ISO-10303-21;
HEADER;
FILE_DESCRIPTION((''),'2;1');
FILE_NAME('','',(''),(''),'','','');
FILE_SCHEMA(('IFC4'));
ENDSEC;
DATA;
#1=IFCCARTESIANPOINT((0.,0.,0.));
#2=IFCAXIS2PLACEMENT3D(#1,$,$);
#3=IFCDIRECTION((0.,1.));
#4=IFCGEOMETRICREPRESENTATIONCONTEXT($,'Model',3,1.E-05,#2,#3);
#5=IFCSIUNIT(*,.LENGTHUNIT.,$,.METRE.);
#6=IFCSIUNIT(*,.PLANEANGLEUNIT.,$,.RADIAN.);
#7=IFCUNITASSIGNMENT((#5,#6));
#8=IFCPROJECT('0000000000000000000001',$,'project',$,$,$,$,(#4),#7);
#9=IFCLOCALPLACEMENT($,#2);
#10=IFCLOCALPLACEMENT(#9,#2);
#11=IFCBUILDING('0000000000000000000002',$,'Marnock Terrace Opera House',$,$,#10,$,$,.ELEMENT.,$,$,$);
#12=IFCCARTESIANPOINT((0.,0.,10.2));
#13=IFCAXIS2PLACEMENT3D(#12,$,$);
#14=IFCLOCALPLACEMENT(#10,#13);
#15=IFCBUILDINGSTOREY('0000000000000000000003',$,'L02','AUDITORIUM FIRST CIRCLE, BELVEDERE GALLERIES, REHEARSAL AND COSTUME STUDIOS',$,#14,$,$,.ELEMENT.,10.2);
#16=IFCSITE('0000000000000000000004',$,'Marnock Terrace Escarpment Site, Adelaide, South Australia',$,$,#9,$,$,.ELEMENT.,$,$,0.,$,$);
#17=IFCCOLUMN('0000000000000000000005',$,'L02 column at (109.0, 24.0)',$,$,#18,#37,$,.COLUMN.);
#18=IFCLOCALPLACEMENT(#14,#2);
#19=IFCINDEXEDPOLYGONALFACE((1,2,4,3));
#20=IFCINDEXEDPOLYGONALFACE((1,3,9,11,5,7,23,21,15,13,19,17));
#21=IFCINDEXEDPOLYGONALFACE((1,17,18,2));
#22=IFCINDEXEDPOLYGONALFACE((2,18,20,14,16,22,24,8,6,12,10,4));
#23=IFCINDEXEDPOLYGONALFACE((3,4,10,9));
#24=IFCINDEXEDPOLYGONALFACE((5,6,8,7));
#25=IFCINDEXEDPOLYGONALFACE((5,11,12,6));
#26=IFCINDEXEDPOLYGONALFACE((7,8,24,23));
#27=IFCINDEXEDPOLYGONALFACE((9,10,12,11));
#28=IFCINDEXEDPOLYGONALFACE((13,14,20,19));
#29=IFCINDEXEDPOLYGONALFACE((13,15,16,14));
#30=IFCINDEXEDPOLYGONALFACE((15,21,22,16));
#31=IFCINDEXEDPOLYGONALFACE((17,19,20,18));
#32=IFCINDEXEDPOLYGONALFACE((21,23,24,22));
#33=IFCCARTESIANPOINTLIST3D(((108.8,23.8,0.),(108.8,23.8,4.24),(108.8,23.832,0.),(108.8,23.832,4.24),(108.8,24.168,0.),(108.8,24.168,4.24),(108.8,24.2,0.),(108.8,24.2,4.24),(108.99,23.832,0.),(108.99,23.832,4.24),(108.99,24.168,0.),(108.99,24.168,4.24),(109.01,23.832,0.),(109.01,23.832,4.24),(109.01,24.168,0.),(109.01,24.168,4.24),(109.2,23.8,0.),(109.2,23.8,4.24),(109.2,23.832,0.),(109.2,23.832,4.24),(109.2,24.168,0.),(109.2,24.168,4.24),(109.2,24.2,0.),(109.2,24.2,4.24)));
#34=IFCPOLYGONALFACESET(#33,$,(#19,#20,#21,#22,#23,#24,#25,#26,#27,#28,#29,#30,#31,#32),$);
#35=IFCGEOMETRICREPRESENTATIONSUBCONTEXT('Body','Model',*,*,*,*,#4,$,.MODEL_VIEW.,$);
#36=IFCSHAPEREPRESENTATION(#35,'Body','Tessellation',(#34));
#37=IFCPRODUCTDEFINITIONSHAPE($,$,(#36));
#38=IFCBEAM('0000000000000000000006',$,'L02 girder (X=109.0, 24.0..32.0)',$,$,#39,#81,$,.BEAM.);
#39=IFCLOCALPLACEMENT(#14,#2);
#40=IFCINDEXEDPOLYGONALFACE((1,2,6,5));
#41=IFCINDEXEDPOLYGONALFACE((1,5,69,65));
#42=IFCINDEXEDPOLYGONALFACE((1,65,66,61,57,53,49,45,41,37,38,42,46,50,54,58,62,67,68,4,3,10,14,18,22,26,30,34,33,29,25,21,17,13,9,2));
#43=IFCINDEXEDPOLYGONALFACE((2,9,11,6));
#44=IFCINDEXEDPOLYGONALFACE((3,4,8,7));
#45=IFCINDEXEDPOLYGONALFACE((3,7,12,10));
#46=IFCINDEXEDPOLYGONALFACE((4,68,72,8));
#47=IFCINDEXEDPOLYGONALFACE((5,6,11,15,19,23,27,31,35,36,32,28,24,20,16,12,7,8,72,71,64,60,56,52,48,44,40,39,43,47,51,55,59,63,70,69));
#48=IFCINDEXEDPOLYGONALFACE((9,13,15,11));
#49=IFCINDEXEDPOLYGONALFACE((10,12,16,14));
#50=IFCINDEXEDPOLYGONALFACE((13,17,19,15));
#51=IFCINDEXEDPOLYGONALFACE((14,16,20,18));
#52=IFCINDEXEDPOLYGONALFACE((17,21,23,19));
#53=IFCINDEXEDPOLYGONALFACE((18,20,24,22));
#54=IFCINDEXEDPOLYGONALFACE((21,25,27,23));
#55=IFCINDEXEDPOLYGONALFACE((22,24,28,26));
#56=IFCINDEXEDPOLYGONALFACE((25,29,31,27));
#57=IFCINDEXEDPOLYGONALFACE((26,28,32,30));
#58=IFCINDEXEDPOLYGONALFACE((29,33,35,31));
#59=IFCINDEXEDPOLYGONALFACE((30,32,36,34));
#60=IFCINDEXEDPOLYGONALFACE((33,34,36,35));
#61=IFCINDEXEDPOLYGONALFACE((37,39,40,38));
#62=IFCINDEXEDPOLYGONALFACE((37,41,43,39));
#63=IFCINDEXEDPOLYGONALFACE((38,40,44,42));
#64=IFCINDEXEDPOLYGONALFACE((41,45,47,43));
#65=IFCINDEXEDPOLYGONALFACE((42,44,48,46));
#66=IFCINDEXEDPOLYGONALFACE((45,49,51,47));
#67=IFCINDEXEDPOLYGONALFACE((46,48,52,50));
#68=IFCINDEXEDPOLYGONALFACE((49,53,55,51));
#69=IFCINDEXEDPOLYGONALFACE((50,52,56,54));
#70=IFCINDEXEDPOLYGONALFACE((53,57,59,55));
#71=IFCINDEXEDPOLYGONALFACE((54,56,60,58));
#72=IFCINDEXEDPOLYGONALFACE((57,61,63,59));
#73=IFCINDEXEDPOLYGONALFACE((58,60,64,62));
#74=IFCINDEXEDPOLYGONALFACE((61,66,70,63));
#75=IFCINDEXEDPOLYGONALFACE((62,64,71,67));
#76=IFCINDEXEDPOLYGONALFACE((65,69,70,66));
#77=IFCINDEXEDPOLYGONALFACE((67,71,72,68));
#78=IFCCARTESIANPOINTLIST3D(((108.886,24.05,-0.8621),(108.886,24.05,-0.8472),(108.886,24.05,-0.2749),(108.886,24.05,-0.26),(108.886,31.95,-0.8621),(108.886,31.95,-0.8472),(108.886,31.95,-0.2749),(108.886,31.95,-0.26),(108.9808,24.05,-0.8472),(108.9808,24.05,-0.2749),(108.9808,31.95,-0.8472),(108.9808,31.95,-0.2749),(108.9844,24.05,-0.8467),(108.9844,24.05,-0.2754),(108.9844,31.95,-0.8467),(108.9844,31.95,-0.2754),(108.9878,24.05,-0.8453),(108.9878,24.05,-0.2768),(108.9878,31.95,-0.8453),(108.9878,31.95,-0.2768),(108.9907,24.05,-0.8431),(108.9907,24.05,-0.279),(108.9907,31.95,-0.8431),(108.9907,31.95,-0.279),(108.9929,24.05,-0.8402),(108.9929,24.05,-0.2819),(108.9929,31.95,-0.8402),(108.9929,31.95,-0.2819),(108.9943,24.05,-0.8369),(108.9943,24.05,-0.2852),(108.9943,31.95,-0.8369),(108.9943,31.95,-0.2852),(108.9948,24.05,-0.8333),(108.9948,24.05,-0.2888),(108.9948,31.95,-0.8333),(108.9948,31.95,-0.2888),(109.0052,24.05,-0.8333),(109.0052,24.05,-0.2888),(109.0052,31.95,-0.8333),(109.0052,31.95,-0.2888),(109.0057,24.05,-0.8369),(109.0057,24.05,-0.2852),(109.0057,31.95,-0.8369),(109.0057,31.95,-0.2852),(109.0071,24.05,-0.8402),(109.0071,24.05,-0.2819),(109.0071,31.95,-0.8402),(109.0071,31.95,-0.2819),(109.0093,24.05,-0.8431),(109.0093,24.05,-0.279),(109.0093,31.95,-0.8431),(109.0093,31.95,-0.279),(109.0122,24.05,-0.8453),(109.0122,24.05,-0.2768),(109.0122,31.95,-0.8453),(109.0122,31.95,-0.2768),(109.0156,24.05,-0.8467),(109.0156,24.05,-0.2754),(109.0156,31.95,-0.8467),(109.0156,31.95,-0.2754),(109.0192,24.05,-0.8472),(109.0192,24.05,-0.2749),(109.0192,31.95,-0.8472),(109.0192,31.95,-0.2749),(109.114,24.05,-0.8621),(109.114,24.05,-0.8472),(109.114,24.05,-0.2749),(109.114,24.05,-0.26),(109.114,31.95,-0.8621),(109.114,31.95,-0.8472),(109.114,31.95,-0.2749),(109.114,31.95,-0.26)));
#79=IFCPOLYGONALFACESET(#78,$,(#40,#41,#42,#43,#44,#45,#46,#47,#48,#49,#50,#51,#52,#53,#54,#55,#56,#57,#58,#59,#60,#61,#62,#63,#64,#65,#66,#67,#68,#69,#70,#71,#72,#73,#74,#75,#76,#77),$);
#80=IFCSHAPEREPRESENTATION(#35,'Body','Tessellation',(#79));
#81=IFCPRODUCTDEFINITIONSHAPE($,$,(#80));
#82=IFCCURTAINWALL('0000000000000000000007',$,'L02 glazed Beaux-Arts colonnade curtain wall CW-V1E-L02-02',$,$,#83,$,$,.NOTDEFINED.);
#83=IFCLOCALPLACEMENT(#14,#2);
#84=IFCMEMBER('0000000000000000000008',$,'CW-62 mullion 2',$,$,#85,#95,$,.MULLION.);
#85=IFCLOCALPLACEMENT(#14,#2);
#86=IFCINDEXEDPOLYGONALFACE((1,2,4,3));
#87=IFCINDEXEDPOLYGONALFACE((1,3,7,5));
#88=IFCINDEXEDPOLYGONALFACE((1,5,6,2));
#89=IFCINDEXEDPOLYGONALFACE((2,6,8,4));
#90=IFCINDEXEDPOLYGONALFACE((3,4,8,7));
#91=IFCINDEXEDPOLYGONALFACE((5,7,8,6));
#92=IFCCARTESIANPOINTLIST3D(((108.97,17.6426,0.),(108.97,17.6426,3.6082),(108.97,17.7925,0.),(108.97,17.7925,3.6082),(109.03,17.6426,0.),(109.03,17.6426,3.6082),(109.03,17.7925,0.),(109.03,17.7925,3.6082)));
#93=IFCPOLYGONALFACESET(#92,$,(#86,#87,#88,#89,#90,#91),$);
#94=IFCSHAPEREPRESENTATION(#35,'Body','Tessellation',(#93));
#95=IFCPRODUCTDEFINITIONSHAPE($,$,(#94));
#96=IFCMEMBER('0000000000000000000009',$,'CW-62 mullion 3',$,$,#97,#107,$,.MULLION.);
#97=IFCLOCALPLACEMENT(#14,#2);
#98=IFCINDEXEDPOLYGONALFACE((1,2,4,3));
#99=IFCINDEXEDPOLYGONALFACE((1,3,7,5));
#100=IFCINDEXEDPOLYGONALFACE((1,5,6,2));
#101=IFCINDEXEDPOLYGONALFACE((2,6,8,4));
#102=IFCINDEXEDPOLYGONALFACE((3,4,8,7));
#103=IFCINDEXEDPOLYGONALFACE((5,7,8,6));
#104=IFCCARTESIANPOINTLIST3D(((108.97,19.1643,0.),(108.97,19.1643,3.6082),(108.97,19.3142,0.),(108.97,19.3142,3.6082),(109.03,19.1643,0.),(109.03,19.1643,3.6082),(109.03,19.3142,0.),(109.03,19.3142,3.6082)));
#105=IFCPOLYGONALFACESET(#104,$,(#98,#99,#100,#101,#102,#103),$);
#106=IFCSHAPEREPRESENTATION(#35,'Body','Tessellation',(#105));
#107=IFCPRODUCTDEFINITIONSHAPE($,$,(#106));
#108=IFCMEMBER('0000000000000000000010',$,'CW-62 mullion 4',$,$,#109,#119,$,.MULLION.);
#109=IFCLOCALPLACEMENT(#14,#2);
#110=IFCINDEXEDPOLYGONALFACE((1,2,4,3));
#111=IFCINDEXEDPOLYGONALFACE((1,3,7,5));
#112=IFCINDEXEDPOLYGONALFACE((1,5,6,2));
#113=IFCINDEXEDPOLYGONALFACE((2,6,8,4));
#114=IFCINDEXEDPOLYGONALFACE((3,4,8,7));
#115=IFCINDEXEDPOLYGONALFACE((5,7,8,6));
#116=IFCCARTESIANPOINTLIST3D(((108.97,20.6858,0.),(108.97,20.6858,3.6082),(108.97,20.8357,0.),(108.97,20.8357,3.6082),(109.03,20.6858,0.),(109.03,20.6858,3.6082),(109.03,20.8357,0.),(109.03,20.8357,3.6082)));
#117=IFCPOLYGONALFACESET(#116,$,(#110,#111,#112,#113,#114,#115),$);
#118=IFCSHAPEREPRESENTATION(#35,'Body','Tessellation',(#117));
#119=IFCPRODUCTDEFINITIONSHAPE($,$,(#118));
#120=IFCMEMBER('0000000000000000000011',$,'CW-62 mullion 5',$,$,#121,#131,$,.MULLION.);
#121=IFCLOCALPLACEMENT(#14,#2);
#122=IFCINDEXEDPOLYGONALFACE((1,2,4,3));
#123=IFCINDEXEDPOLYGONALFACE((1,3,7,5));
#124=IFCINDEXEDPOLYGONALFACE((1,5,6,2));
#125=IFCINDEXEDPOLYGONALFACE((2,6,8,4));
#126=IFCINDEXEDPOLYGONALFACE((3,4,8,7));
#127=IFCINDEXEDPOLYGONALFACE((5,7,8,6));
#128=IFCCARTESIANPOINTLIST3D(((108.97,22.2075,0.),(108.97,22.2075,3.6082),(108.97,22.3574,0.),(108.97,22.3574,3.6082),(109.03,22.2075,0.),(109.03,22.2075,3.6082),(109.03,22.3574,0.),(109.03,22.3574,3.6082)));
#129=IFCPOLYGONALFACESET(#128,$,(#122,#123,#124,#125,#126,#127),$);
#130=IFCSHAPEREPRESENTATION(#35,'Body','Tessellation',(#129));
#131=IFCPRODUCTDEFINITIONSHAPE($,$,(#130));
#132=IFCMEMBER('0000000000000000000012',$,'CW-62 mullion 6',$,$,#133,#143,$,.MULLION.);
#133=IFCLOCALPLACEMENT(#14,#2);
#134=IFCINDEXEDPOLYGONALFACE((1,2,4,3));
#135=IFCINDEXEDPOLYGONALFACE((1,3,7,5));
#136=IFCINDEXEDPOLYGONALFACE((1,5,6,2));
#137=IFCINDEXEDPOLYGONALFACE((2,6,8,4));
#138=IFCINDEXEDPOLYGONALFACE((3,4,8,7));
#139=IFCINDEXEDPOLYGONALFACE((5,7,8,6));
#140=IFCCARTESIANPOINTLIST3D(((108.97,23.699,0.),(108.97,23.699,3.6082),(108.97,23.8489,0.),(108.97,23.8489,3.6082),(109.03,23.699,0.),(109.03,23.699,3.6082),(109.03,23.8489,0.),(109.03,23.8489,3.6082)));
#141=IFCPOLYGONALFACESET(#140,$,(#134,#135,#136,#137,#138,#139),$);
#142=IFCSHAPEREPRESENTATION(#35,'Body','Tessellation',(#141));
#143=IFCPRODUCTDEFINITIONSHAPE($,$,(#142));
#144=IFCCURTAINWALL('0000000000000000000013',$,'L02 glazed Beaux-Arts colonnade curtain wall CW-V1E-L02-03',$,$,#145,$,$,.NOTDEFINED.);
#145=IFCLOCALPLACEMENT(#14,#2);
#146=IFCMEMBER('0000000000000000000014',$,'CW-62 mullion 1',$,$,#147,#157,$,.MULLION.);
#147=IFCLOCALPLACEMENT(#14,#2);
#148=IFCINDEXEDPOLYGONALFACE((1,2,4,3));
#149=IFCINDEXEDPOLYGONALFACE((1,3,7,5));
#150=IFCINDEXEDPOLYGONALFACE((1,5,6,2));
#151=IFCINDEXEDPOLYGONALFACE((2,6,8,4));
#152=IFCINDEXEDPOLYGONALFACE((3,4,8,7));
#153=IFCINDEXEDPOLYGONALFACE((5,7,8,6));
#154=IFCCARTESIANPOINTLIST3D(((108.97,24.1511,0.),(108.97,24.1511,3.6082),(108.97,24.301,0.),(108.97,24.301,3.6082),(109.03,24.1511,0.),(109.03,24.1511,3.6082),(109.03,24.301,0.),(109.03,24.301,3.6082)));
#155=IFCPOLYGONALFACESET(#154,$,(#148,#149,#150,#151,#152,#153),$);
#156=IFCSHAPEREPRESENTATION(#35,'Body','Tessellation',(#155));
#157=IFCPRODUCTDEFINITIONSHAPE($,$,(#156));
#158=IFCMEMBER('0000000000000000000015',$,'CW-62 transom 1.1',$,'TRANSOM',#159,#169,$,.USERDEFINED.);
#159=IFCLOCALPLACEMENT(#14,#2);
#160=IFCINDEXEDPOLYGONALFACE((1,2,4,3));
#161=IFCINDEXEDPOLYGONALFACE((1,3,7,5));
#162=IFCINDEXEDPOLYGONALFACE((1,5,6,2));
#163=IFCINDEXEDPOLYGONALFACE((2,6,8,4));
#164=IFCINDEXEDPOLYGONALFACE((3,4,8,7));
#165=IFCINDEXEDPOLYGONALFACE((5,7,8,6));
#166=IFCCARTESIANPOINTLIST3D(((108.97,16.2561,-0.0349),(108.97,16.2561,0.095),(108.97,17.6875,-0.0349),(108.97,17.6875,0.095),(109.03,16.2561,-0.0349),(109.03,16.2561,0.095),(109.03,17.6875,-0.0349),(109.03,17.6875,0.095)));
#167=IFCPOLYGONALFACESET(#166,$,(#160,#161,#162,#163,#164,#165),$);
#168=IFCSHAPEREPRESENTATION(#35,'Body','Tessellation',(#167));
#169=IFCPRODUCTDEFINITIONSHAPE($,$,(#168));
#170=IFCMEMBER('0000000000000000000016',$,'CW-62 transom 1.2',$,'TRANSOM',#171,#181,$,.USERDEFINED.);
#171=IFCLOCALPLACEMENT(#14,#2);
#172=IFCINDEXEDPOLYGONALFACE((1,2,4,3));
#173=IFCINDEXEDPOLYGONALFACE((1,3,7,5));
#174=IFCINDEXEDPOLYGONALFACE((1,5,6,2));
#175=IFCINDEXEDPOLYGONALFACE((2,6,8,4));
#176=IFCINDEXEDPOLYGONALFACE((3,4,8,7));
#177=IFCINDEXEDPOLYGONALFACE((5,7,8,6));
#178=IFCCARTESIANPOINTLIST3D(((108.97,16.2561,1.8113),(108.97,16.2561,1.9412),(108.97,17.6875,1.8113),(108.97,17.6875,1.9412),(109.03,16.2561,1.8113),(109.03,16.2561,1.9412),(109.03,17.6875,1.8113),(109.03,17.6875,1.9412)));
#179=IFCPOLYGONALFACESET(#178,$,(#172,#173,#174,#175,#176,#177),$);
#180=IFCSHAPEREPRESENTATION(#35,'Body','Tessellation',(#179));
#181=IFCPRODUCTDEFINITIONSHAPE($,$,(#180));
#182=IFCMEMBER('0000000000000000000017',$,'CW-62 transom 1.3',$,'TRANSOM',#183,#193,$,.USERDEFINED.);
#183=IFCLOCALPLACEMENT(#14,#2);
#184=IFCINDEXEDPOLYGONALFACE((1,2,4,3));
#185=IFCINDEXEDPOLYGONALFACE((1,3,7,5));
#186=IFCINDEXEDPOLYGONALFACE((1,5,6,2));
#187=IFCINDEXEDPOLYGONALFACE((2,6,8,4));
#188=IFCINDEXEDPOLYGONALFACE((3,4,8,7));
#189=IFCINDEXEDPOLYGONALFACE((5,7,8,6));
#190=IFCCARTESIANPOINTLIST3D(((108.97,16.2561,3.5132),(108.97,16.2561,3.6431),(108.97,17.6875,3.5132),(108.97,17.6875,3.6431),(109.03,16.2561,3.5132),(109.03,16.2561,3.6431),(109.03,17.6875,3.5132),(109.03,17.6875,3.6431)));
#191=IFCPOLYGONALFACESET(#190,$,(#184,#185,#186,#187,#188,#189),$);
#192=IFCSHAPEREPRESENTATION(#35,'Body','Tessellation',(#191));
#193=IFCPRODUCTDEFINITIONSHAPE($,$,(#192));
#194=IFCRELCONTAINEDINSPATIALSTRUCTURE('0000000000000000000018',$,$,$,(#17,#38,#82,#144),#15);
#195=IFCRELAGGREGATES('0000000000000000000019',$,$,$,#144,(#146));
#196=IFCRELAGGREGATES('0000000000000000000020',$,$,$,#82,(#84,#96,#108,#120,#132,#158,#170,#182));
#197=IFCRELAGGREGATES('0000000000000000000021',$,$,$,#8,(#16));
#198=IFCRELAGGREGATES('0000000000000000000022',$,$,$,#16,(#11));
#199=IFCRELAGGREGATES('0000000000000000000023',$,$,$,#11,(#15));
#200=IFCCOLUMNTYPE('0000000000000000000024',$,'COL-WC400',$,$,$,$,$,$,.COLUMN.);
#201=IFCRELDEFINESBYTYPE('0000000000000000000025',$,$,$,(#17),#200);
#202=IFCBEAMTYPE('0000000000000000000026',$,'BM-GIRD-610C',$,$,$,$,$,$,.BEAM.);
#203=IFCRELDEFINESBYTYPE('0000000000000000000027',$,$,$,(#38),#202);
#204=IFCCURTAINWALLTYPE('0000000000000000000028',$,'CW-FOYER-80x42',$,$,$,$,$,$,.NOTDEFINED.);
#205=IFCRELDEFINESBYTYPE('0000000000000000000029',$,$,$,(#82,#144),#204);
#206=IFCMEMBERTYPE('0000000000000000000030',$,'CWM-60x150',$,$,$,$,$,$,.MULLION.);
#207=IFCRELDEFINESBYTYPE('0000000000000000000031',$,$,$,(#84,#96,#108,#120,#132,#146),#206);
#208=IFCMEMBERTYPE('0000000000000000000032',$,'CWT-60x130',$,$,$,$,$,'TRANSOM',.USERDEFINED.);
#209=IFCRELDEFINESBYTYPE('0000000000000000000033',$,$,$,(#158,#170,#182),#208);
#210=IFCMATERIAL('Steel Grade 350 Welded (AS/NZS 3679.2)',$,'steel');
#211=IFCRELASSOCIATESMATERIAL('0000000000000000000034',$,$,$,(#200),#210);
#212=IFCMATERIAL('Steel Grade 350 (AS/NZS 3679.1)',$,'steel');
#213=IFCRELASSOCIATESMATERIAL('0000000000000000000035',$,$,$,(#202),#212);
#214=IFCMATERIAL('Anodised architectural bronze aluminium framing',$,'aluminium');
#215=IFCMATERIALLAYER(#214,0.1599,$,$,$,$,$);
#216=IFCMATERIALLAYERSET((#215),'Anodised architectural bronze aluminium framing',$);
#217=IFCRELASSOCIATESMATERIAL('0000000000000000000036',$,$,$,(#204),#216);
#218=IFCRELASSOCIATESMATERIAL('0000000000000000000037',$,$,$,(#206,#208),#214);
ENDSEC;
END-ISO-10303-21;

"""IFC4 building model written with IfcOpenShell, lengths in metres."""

from ifc_helpers import new_model, si_unit, direction, frame, origin, origin_2d, place, context, subcontext, project, spatial, rectangle, i_section, extrude, material, layer, layer_set, material_profile, profile_set, type_object, element, aggregate, save


model = new_model("IFC4")

# Units and contexts
model_context = context("Model", 3, precision=1e-05, world=origin(), true_north=direction((0.0, 1.0)))
body_context = subcontext(model_context, "Body", "Model", "MODEL_VIEW")
ifc_project = project(units=[si_unit("LENGTHUNIT", "METRE"), si_unit("PLANEANGLEUNIT", "RADIAN")], contexts=[model_context])

# Site, building, storey
site_placement = place(None, origin())
site = spatial("IfcSite", under=ifc_project, at=site_placement, Name="Marnock Terrace Escarpment Site, Adelaide, South Australia", CompositionType="ELEMENT", RefElevation=0.0)
building_placement = place(site_placement, origin())
building = spatial("IfcBuilding", under=site, at=building_placement, Name="Marnock Terrace Opera House", CompositionType="ELEMENT")
storey_placement = place(building_placement, frame((0.0, 0.0, 10.2)))
storey = spatial("IfcBuildingStorey", under=building, at=storey_placement, Name="L02", Description="AUDITORIUM FIRST CIRCLE, BELVEDERE GALLERIES, REHEARSAL AND COSTUME STUDIOS", CompositionType="ELEMENT", Elevation=10.2)

# Column
ifc_material_1 = material(Name="Steel Grade 350 Welded (AS/NZS 3679.2)", Category="steel")
ifc_material_profile_1 = material_profile(ifc_material_1, i_section(OverallWidth=0.3999, OverallDepth=0.3999, WebThickness=0.02, FlangeThickness=0.032, at=origin_2d()))
ifc_profile_set_1 = profile_set([ifc_material_profile_1], Name="Steel Grade 350 Welded (AS/NZS 3679.2)")
column_type = type_object("IfcColumnType", Name="COL-WC400", PredefinedType="COLUMN", material=ifc_profile_set_1)
column_placement = place(storey_placement, frame((109.0, 24.0, 0.0), z_axis=(0.0, 0.0, 1.0), x_axis=(1.0, 0.0, 0.0)))
element("IfcColumn", 1, at=column_placement, inside=storey, type_object=column_type, Name="L02 column at (109.0, 24.0)", PredefinedType="COLUMN", context=body_context, shape_type="SweptSolid", body=[
    extrude(i_section(OverallWidth=0.3999, OverallDepth=0.3999, WebThickness=0.02, FlangeThickness=0.032, at=origin_2d()), origin(), (0.0, 0.0, 1.0), 4.24),
])

# Beam
ifc_material_2 = material(Name="Steel Grade 350 (AS/NZS 3679.1)", Category="steel")
ifc_material_profile_2 = material_profile(ifc_material_2, i_section(OverallWidth=0.228, OverallDepth=0.6021, WebThickness=0.0105, FlangeThickness=0.0149, FilletRadius=0.0139, at=origin_2d()))
ifc_profile_set_2 = profile_set([ifc_material_profile_2], Name="Steel Grade 350 (AS/NZS 3679.1)")
beam_type = type_object("IfcBeamType", Name="BM-GIRD-610C", PredefinedType="BEAM", material=ifc_profile_set_2)
beam_placement = place(storey_placement, frame((109.0, 24.05, -0.561), z_axis=(0.0, 1.0, 0.0), x_axis=(-1.0, 0.0, 0.0)))
element("IfcBeam", 2, at=beam_placement, inside=storey, type_object=beam_type, Name="L02 girder (X=109.0, 24.0..32.0)", PredefinedType="BEAM", context=body_context, shape_type="SweptSolid", body=[
    extrude(i_section(OverallWidth=0.228, OverallDepth=0.6021, WebThickness=0.0105, FlangeThickness=0.0149, FilletRadius=0.0139, at=origin_2d()), origin(), (0.0, 0.0, 1.0), 7.8999),
])

# Curtain wall, members
ifc_material_3 = material(Name="Anodised architectural bronze aluminium framing", Category="aluminium")
ifc_layer_1 = layer(ifc_material_3, 0.1599)
ifc_layer_set_1 = layer_set([ifc_layer_1], Name="Anodised architectural bronze aluminium framing")
curtain_wall_type = type_object("IfcCurtainWallType", Name="CW-FOYER-80x42", PredefinedType="NOTDEFINED", material=ifc_layer_set_1)
curtain_wall_1_placement = place(storey_placement, origin())
curtain_wall_1 = element("IfcCurtainWall", 3, at=curtain_wall_1_placement, inside=storey, type_object=curtain_wall_type, Name="L02 glazed Beaux-Arts colonnade curtain wall CW-V1E-L02-02", PredefinedType="NOTDEFINED")
ifc_material_profile_3 = material_profile(ifc_material_3, rectangle(XDim=0.0601, YDim=0.1499, at=origin_2d()))
ifc_profile_set_3 = profile_set([ifc_material_profile_3], Name="Anodised architectural bronze aluminium framing")
member_type_1 = type_object("IfcMemberType", Name="CWM-60x150", PredefinedType="MULLION", material=ifc_profile_set_3)
member_1_placement = place(storey_placement, frame((109.0, 17.7175, 0.0), z_axis=(0.0, 0.0, 1.0), x_axis=(-1.0, 0.0, 0.0)))
member_1 = element("IfcMember", 4, at=member_1_placement, type_object=member_type_1, Name="CW-62 mullion 2", PredefinedType="MULLION", context=body_context, shape_type="SweptSolid", body=[
    extrude(rectangle(XDim=0.0601, YDim=0.1499, at=origin_2d()), origin(), (0.0, 0.0, 1.0), 3.6082),
])
member_2_placement = place(storey_placement, frame((109.0, 19.2393, 0.0), z_axis=(0.0, 0.0, 1.0), x_axis=(-1.0, 0.0, 0.0)))
member_2 = element("IfcMember", 5, at=member_2_placement, type_object=member_type_1, Name="CW-62 mullion 3", PredefinedType="MULLION", context=body_context, shape_type="SweptSolid", body=[
    extrude(rectangle(XDim=0.0601, YDim=0.1499, at=origin_2d()), origin(), (0.0, 0.0, 1.0), 3.6082),
])
member_3_placement = place(storey_placement, frame((109.0, 20.7607, 0.0), z_axis=(0.0, 0.0, 1.0), x_axis=(-1.0, 0.0, 0.0)))
member_3 = element("IfcMember", 6, at=member_3_placement, type_object=member_type_1, Name="CW-62 mullion 4", PredefinedType="MULLION", context=body_context, shape_type="SweptSolid", body=[
    extrude(rectangle(XDim=0.0601, YDim=0.1499, at=origin_2d()), origin(), (0.0, 0.0, 1.0), 3.6082),
])
member_4_placement = place(storey_placement, frame((109.0, 22.2825, 0.0), z_axis=(0.0, 0.0, 1.0), x_axis=(-1.0, 0.0, 0.0)))
member_4 = element("IfcMember", 7, at=member_4_placement, type_object=member_type_1, Name="CW-62 mullion 5", PredefinedType="MULLION", context=body_context, shape_type="SweptSolid", body=[
    extrude(rectangle(XDim=0.0601, YDim=0.1499, at=origin_2d()), origin(), (0.0, 0.0, 1.0), 3.6082),
])
member_5_placement = place(storey_placement, frame((109.0, 23.7739, 0.0), z_axis=(0.0, 0.0, 1.0), x_axis=(-1.0, 0.0, 0.0)))
member_5 = element("IfcMember", 8, at=member_5_placement, type_object=member_type_1, Name="CW-62 mullion 6", PredefinedType="MULLION", context=body_context, shape_type="SweptSolid", body=[
    extrude(rectangle(XDim=0.0601, YDim=0.1499, at=origin_2d()), origin(), (0.0, 0.0, 1.0), 3.6082),
])

# Curtain wall, member
curtain_wall_2_placement = place(storey_placement, origin())
curtain_wall_2 = element("IfcCurtainWall", 9, at=curtain_wall_2_placement, inside=storey, type_object=curtain_wall_type, Name="L02 glazed Beaux-Arts colonnade curtain wall CW-V1E-L02-03", PredefinedType="NOTDEFINED")
member_6_placement = place(storey_placement, frame((109.0, 24.2261, 0.0), z_axis=(0.0, 0.0, 1.0), x_axis=(-1.0, 0.0, 0.0)))
member_6 = element("IfcMember", 10, at=member_6_placement, type_object=member_type_1, Name="CW-62 mullion 1", PredefinedType="MULLION", context=body_context, shape_type="SweptSolid", body=[
    extrude(rectangle(XDim=0.0601, YDim=0.1499, at=origin_2d()), origin(), (0.0, 0.0, 1.0), 3.6082),
])

# Members
ifc_material_profile_4 = material_profile(ifc_material_3, rectangle(XDim=0.0601, YDim=0.1299, at=origin_2d()))
ifc_profile_set_4 = profile_set([ifc_material_profile_4], Name="Anodised architectural bronze aluminium framing")
member_type_2 = type_object("IfcMemberType", Name="CWT-60x130", ElementType="TRANSOM", PredefinedType="USERDEFINED", material=ifc_profile_set_4)
member_7_placement = place(storey_placement, frame((109.0, 16.2561, 0.03), z_axis=(0.0, 1.0, 0.0), x_axis=(-1.0, 0.0, 0.0)))
member_7 = element("IfcMember", 11, at=member_7_placement, type_object=member_type_2, Name="CW-62 transom 1.1", ObjectType="TRANSOM", PredefinedType="USERDEFINED", context=body_context, shape_type="SweptSolid", body=[
    extrude(rectangle(XDim=0.0601, YDim=0.1299, at=origin_2d()), origin(), (0.0, 0.0, 1.0), 1.4314),
])
member_8_placement = place(storey_placement, frame((109.0, 16.2561, 1.8762), z_axis=(0.0, 1.0, 0.0), x_axis=(-1.0, 0.0, 0.0)))
member_8 = element("IfcMember", 12, at=member_8_placement, type_object=member_type_2, Name="CW-62 transom 1.2", ObjectType="TRANSOM", PredefinedType="USERDEFINED", context=body_context, shape_type="SweptSolid", body=[
    extrude(rectangle(XDim=0.0601, YDim=0.1299, at=origin_2d()), origin(), (0.0, 0.0, 1.0), 1.4314),
])
member_9_placement = place(storey_placement, frame((109.0, 16.2561, 3.5781), z_axis=(0.0, 1.0, 0.0), x_axis=(-1.0, 0.0, 0.0)))
member_9 = element("IfcMember", 13, at=member_9_placement, type_object=member_type_2, Name="CW-62 transom 1.3", ObjectType="TRANSOM", PredefinedType="USERDEFINED", context=body_context, shape_type="SweptSolid", body=[
    extrude(rectangle(XDim=0.0601, YDim=0.1299, at=origin_2d()), origin(), (0.0, 0.0, 1.0), 1.4314),
])
aggregate(curtain_wall_2, [member_6])

aggregate(curtain_wall_1, [member_1, member_2, member_3, member_4, member_5, member_7, member_8, member_9])

save(model, "model.ifc")
